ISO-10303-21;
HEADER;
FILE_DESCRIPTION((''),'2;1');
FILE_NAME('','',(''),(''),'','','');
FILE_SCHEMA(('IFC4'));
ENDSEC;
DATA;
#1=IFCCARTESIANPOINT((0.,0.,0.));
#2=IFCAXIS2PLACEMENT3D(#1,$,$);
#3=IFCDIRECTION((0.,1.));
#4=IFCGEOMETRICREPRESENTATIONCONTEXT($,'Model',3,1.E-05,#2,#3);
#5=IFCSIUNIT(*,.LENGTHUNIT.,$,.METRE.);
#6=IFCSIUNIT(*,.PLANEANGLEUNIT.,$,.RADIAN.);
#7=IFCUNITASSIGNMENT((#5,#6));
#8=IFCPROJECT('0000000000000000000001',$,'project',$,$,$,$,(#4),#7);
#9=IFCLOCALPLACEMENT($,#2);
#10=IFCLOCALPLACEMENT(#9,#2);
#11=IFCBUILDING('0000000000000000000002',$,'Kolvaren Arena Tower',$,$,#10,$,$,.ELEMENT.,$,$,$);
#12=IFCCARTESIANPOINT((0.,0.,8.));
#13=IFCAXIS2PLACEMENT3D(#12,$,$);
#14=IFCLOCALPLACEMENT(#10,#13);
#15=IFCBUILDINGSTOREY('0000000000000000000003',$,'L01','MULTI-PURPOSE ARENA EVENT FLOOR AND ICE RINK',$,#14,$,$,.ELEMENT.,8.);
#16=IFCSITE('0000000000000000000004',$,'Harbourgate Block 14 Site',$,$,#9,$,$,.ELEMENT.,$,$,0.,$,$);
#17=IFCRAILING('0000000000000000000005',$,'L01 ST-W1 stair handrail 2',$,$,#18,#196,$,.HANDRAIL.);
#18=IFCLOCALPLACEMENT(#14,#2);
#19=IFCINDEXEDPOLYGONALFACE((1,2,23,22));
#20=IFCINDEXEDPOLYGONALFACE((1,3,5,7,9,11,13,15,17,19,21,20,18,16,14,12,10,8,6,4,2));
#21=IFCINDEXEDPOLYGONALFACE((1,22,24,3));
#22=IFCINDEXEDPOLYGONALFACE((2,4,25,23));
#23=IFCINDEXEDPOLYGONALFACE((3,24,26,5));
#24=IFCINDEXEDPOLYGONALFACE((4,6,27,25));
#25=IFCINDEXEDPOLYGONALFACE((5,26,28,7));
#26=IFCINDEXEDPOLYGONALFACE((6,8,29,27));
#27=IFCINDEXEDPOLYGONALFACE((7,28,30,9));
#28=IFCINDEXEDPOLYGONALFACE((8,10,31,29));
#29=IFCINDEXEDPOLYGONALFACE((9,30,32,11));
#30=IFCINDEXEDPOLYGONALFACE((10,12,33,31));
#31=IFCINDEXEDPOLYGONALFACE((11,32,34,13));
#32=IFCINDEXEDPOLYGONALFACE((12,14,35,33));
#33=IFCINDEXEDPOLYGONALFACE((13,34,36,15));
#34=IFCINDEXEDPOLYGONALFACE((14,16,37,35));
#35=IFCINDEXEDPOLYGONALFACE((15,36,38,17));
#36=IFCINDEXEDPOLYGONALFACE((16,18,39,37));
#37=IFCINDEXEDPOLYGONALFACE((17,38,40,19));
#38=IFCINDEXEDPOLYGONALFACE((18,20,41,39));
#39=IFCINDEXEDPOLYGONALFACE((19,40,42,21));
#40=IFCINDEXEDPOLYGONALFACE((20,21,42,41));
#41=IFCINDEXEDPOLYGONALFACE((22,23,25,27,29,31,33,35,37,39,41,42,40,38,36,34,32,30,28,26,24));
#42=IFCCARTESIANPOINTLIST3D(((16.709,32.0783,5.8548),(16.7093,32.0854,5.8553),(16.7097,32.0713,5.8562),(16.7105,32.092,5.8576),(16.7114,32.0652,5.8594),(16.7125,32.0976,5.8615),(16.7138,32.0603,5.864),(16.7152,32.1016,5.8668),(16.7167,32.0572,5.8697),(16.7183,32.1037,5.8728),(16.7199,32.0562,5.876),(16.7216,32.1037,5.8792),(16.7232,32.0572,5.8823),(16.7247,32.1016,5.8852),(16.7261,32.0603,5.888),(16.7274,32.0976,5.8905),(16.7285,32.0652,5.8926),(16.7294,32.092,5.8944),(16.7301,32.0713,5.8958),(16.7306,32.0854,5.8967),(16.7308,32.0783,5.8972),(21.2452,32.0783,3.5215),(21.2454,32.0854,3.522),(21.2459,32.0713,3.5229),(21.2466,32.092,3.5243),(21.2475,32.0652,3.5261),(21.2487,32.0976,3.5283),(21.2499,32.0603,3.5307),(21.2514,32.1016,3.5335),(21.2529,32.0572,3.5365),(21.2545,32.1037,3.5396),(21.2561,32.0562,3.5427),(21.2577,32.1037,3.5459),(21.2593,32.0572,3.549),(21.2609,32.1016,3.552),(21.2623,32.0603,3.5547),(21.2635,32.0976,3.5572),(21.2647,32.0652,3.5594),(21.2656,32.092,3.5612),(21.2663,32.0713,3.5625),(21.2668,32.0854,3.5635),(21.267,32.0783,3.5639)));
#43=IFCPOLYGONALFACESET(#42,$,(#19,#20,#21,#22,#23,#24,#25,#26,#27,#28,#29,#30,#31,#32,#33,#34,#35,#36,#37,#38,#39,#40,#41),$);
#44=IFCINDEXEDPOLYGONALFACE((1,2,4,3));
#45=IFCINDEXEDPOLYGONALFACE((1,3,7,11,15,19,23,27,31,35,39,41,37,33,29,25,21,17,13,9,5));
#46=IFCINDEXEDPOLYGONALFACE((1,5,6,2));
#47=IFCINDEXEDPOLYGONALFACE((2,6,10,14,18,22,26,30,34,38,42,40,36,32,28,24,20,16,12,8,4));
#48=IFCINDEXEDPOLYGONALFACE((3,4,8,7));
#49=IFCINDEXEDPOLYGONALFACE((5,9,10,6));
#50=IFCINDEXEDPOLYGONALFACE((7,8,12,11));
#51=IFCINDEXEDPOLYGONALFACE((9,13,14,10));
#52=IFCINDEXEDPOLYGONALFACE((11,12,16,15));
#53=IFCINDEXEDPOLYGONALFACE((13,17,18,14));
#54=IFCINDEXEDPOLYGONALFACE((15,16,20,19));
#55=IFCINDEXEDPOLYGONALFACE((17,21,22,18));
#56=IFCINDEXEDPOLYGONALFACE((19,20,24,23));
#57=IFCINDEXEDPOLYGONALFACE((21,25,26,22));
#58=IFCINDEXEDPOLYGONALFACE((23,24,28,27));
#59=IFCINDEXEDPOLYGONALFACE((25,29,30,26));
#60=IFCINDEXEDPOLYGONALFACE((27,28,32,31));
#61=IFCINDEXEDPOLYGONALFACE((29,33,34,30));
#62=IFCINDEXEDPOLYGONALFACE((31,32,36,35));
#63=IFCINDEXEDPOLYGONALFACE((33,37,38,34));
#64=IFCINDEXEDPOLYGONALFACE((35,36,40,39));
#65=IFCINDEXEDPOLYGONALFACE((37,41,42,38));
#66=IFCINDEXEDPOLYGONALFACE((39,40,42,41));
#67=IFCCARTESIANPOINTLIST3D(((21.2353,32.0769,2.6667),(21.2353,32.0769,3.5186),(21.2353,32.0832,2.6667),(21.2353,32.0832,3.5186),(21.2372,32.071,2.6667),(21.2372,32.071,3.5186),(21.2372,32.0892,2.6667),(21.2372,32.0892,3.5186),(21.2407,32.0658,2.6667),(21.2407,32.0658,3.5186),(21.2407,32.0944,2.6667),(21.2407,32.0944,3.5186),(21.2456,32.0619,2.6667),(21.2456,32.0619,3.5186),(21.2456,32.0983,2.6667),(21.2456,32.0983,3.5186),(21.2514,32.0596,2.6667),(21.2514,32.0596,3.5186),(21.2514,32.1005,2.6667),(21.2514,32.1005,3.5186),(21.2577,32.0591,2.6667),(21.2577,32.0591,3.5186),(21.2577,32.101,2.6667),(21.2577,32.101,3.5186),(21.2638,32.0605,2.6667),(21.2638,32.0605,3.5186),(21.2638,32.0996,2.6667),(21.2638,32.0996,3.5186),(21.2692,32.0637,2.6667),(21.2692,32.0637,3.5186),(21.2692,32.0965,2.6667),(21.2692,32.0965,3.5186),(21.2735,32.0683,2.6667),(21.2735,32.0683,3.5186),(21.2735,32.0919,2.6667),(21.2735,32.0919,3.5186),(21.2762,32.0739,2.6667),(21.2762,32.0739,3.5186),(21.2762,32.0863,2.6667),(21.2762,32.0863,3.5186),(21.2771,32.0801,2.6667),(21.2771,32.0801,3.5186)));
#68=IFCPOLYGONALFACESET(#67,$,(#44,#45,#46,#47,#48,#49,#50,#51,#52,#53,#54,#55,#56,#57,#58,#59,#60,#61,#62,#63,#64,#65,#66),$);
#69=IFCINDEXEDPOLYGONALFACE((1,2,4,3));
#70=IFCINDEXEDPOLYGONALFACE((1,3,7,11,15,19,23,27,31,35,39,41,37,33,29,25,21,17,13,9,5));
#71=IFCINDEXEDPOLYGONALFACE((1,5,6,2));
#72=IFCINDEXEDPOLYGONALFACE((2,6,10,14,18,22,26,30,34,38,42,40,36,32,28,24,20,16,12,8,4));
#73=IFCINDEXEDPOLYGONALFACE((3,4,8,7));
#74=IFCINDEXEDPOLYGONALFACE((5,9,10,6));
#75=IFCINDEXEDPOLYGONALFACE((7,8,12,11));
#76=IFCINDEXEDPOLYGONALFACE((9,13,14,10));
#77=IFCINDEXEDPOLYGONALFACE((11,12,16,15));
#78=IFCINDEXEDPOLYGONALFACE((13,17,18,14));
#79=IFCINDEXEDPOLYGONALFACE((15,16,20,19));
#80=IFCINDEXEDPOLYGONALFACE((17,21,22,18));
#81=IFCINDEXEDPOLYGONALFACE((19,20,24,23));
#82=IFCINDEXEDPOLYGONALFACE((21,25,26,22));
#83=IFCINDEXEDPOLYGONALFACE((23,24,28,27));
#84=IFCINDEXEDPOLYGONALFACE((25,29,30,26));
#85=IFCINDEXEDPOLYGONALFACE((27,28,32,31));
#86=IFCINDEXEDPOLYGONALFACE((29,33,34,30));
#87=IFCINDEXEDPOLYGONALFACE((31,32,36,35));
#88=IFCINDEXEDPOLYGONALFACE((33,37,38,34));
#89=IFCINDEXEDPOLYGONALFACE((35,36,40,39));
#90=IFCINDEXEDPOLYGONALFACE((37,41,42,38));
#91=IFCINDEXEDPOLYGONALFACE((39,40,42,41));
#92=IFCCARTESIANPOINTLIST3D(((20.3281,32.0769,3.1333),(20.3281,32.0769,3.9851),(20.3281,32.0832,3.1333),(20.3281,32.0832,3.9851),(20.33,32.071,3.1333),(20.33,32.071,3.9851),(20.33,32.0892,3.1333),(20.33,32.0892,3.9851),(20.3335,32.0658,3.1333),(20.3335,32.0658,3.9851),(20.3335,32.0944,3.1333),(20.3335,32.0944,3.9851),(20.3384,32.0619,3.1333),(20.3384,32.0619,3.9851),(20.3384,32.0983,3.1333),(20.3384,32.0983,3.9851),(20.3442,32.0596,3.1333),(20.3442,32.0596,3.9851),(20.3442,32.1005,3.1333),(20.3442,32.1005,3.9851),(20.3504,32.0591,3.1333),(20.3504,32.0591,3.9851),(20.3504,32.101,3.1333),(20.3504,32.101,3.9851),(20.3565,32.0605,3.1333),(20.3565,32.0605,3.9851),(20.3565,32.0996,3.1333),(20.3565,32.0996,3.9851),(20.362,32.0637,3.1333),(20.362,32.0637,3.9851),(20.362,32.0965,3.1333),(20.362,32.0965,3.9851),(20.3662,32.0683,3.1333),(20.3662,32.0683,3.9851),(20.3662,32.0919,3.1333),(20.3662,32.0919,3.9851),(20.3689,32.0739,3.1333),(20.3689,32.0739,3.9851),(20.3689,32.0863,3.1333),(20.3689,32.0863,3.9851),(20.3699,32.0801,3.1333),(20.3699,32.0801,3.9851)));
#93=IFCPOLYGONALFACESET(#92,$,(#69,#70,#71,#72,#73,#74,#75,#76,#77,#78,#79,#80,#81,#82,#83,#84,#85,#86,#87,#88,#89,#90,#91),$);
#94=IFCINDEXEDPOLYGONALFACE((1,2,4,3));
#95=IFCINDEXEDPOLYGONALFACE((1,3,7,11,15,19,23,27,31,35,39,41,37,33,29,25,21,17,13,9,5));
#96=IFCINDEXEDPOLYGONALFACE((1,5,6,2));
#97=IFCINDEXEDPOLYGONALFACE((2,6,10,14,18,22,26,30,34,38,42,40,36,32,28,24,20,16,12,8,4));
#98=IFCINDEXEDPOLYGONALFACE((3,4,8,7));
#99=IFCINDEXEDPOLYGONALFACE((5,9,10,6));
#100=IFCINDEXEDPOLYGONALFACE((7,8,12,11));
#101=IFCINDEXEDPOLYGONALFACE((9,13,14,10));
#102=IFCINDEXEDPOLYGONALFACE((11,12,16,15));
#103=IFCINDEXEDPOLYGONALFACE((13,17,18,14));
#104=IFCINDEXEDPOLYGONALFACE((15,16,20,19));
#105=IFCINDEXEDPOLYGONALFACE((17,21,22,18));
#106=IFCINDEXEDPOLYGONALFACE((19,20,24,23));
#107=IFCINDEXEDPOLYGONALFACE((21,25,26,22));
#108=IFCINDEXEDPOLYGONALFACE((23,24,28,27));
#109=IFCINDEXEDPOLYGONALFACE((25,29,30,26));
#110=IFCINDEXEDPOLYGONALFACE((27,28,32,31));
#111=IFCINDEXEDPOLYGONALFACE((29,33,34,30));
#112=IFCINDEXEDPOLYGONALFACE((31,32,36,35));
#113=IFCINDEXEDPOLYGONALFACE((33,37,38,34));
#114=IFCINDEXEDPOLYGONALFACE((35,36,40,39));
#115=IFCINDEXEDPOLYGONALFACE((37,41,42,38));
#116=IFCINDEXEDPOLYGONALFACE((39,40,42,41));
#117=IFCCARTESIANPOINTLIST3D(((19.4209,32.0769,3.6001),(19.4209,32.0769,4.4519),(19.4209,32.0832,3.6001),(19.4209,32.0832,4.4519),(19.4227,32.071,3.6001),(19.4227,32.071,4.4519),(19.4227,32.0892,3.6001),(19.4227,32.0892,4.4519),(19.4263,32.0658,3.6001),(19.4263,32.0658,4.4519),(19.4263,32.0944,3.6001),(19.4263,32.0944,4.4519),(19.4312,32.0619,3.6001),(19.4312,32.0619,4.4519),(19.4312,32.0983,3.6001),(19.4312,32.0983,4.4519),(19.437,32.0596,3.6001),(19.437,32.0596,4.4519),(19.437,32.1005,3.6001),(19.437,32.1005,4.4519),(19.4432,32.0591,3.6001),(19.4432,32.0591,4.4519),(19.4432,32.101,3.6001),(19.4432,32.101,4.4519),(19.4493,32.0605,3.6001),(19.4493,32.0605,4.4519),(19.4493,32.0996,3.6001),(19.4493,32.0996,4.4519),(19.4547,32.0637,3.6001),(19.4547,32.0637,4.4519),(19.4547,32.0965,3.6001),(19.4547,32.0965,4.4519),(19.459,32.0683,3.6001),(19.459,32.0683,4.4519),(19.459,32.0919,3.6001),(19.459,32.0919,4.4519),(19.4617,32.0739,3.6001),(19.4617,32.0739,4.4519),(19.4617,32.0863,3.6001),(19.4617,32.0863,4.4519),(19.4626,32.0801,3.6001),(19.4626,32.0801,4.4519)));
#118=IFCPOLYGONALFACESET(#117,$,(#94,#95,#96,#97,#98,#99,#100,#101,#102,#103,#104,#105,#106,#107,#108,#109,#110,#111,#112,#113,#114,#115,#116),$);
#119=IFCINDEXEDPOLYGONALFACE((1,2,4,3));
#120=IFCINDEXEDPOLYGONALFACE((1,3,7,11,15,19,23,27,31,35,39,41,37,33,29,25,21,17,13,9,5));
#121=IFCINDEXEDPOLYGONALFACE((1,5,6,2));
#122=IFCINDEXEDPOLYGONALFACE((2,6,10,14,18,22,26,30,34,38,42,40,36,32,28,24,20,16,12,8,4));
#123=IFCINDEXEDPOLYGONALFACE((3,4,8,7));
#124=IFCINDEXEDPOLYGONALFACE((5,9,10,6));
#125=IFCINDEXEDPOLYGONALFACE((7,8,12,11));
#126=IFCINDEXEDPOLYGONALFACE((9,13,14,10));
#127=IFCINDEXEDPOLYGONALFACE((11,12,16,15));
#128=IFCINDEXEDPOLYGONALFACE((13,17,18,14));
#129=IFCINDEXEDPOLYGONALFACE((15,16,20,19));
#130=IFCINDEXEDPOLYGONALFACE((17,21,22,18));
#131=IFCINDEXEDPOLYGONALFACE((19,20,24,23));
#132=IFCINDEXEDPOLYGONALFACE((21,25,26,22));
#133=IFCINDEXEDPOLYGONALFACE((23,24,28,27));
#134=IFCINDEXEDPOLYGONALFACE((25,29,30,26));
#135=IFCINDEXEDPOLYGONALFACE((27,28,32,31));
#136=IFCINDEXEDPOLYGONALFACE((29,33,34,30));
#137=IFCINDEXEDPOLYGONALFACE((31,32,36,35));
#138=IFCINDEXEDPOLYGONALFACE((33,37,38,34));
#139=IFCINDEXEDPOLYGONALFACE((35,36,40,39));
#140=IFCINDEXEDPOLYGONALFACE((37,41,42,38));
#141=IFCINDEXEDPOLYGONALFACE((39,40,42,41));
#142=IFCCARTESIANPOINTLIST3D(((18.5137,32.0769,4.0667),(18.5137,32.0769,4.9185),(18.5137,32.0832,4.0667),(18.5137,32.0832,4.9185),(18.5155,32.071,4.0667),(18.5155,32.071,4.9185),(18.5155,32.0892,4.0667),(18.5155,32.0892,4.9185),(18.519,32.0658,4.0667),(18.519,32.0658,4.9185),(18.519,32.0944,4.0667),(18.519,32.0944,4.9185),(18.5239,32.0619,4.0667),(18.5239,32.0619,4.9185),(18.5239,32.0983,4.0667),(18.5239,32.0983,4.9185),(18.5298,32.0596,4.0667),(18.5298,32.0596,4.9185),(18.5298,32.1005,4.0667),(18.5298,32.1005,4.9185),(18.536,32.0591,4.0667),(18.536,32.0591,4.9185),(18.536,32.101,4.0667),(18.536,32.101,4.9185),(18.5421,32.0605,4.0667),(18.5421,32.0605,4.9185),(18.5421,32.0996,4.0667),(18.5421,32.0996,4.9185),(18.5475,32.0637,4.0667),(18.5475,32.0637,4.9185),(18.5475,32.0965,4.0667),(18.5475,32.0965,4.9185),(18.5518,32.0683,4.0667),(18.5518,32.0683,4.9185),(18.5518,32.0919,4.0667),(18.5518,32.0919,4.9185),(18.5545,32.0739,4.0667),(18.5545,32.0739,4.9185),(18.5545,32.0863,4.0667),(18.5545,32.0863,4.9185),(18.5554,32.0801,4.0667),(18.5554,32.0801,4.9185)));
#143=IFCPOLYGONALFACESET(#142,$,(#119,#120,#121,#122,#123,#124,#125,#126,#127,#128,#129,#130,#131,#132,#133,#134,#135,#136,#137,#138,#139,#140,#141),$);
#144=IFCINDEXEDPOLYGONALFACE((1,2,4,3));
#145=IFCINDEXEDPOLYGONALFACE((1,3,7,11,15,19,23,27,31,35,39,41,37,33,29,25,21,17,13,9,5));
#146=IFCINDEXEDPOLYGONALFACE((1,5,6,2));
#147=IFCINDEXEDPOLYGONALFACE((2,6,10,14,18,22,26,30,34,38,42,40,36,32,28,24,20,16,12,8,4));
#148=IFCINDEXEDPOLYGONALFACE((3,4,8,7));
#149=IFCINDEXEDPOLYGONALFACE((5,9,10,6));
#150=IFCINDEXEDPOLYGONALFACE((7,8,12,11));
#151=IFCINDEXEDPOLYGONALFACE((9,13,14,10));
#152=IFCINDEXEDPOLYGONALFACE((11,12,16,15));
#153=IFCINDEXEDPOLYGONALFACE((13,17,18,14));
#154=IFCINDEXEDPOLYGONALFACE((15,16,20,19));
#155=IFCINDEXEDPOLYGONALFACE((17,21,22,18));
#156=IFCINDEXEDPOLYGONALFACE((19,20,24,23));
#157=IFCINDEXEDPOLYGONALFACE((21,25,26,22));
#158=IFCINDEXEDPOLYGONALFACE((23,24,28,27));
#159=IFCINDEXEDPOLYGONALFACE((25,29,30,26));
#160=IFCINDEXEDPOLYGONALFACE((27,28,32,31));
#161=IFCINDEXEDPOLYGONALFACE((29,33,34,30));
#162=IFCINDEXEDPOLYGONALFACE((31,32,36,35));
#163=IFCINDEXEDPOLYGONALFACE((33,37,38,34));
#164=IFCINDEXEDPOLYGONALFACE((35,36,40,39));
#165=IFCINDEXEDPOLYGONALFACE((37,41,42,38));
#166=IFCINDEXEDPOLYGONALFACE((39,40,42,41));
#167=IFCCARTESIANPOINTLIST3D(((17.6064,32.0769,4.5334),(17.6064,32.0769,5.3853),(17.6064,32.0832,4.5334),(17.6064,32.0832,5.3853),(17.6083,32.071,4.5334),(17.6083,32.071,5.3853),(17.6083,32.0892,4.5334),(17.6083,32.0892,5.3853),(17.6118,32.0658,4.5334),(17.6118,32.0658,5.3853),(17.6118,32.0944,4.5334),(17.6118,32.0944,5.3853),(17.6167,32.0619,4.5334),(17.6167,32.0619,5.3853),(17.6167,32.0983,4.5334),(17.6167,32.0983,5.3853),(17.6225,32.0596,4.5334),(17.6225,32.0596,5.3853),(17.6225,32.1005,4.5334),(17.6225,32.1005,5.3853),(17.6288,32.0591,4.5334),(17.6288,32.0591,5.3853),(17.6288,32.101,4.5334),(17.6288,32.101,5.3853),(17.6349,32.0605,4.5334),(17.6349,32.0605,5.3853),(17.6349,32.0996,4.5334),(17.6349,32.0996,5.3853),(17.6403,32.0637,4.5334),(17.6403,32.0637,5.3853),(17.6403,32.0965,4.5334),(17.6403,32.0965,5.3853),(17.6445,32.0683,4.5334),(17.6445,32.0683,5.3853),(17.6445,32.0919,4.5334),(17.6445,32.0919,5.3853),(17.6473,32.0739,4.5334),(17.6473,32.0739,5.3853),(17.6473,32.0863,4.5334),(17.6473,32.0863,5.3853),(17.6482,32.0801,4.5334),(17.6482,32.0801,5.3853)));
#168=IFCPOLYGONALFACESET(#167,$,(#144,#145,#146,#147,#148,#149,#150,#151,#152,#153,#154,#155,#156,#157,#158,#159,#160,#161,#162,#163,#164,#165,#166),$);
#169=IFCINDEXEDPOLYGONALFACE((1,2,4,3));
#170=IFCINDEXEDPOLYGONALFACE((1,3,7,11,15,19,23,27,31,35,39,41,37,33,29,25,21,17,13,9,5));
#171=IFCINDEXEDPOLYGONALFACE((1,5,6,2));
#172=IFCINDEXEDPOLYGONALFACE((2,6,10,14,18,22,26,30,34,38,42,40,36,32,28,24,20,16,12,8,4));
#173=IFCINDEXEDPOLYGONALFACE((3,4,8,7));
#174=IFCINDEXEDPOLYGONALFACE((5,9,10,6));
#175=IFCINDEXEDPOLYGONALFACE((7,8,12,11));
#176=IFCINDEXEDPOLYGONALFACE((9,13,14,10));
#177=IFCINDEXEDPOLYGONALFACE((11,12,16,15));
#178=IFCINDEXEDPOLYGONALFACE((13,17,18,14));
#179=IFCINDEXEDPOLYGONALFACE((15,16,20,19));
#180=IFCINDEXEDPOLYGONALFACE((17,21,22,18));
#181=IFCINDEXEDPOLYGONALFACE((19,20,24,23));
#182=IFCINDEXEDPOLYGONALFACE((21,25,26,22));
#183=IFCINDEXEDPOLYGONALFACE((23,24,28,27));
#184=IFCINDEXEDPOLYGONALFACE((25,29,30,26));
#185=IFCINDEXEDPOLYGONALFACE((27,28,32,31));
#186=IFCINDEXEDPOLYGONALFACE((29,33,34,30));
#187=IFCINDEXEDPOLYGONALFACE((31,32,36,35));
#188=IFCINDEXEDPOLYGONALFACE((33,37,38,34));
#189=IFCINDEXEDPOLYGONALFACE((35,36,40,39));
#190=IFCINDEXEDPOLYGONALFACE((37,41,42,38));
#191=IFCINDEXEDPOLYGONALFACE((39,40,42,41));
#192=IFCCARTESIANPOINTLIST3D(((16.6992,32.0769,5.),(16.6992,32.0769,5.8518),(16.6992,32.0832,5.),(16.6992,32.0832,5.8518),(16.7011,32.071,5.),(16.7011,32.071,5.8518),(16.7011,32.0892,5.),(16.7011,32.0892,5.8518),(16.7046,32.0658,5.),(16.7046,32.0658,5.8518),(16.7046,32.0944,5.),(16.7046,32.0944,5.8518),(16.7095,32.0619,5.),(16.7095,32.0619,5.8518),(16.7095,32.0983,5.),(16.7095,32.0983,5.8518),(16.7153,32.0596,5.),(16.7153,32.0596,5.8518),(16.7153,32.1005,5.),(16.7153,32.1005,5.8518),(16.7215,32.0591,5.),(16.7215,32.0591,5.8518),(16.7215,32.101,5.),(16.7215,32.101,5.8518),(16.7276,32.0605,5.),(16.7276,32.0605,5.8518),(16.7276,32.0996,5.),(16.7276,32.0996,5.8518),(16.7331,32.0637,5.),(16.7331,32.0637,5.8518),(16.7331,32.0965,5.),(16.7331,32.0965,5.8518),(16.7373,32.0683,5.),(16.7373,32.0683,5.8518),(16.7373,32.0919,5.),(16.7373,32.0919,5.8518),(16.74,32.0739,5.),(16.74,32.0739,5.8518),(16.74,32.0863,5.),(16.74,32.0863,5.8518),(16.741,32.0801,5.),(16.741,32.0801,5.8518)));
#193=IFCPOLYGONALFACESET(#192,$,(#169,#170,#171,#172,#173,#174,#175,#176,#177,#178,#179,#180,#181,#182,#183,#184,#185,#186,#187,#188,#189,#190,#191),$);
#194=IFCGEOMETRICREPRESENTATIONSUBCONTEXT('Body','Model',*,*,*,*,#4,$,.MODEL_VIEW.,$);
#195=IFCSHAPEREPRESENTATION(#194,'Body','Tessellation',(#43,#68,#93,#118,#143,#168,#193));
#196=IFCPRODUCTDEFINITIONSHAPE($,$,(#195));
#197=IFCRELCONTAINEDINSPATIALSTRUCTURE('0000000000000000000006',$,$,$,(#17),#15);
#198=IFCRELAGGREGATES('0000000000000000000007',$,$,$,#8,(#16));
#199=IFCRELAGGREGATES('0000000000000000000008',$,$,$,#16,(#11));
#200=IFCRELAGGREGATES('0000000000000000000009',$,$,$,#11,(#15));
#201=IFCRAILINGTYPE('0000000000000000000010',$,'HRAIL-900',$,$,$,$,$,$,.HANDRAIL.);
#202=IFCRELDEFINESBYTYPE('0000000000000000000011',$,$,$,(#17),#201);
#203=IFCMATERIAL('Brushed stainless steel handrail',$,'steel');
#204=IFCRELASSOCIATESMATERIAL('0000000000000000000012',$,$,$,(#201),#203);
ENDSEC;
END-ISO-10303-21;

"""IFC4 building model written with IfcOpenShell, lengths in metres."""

from ifc_helpers import new_model, si_unit, direction, frame, origin, origin_2d, place, context, subcontext, project, spatial, circle, extrude, material, type_object, element, save


model = new_model("IFC4")

# Units and contexts
model_context = context("Model", 3, precision=1e-05, world=origin(), true_north=direction((0.0, 1.0)))
body_context = subcontext(model_context, "Body", "Model", "MODEL_VIEW")
ifc_project = project(units=[si_unit("LENGTHUNIT", "METRE"), si_unit("PLANEANGLEUNIT", "RADIAN")], contexts=[model_context])

# Site, building, storey
site_placement = place(None, origin())
site = spatial("IfcSite", under=ifc_project, at=site_placement, Name="Harbourgate Block 14 Site", CompositionType="ELEMENT", RefElevation=0.0)
building_placement = place(site_placement, origin())
building = spatial("IfcBuilding", under=site, at=building_placement, Name="Kolvaren Arena Tower", CompositionType="ELEMENT")
storey_placement = place(building_placement, frame((0.0, 0.0, 8.0)))
storey = spatial("IfcBuildingStorey", under=building, at=storey_placement, Name="L01", Description="MULTI-PURPOSE ARENA EVENT FLOOR AND ICE RINK", CompositionType="ELEMENT", Elevation=8.0)

# Railing
ifc_material_1 = material(Name="Brushed stainless steel handrail", Category="steel")
railing_type_1 = type_object("IfcRailingType", Name="HRAIL-900", PredefinedType="HANDRAIL", material=ifc_material_1)
railing_1_placement = place(storey_placement, frame((21.2561, 32.0801, 2.6667)))
element("IfcRailing", 1, at=railing_1_placement, inside=storey, type_object=railing_type_1, Name="L01 ST-W1 stair handrail 2", PredefinedType="HANDRAIL", context=body_context, shape_type="SweptSolid", body=[
    extrude(circle(Radius=0.0239, at=origin_2d()), frame((0.0, 0.0, 0.876), z_axis=(-0.889257, 0.0, 0.457407), x_axis=(0.0, -1.0, 0.0)), (0.0, 0.0, 1.0), 5.1011),
    extrude(circle(Radius=0.021, at=origin_2d()), origin(), (0.0, 0.0, 1.0), 0.8518),
    extrude(circle(Radius=0.021, at=origin_2d()), frame((-0.9072, 0.0, 0.4666)), (0.0, 0.0, 1.0), 0.8518),
    extrude(circle(Radius=0.021, at=origin_2d()), frame((-1.8145, 0.0, 0.9333)), (0.0, 0.0, 1.0), 0.8518),
    extrude(circle(Radius=0.021, at=origin_2d()), frame((-2.7217, 0.0, 1.3999)), (0.0, 0.0, 1.0), 0.8518),
    extrude(circle(Radius=0.021, at=origin_2d()), frame((-3.6289, 0.0, 1.8667)), (0.0, 0.0, 1.0), 0.8518),
    extrude(circle(Radius=0.021, at=origin_2d()), frame((-4.5361, 0.0, 2.3333)), (0.0, 0.0, 1.0), 0.8518),
])

save(model, "model.ifc")
